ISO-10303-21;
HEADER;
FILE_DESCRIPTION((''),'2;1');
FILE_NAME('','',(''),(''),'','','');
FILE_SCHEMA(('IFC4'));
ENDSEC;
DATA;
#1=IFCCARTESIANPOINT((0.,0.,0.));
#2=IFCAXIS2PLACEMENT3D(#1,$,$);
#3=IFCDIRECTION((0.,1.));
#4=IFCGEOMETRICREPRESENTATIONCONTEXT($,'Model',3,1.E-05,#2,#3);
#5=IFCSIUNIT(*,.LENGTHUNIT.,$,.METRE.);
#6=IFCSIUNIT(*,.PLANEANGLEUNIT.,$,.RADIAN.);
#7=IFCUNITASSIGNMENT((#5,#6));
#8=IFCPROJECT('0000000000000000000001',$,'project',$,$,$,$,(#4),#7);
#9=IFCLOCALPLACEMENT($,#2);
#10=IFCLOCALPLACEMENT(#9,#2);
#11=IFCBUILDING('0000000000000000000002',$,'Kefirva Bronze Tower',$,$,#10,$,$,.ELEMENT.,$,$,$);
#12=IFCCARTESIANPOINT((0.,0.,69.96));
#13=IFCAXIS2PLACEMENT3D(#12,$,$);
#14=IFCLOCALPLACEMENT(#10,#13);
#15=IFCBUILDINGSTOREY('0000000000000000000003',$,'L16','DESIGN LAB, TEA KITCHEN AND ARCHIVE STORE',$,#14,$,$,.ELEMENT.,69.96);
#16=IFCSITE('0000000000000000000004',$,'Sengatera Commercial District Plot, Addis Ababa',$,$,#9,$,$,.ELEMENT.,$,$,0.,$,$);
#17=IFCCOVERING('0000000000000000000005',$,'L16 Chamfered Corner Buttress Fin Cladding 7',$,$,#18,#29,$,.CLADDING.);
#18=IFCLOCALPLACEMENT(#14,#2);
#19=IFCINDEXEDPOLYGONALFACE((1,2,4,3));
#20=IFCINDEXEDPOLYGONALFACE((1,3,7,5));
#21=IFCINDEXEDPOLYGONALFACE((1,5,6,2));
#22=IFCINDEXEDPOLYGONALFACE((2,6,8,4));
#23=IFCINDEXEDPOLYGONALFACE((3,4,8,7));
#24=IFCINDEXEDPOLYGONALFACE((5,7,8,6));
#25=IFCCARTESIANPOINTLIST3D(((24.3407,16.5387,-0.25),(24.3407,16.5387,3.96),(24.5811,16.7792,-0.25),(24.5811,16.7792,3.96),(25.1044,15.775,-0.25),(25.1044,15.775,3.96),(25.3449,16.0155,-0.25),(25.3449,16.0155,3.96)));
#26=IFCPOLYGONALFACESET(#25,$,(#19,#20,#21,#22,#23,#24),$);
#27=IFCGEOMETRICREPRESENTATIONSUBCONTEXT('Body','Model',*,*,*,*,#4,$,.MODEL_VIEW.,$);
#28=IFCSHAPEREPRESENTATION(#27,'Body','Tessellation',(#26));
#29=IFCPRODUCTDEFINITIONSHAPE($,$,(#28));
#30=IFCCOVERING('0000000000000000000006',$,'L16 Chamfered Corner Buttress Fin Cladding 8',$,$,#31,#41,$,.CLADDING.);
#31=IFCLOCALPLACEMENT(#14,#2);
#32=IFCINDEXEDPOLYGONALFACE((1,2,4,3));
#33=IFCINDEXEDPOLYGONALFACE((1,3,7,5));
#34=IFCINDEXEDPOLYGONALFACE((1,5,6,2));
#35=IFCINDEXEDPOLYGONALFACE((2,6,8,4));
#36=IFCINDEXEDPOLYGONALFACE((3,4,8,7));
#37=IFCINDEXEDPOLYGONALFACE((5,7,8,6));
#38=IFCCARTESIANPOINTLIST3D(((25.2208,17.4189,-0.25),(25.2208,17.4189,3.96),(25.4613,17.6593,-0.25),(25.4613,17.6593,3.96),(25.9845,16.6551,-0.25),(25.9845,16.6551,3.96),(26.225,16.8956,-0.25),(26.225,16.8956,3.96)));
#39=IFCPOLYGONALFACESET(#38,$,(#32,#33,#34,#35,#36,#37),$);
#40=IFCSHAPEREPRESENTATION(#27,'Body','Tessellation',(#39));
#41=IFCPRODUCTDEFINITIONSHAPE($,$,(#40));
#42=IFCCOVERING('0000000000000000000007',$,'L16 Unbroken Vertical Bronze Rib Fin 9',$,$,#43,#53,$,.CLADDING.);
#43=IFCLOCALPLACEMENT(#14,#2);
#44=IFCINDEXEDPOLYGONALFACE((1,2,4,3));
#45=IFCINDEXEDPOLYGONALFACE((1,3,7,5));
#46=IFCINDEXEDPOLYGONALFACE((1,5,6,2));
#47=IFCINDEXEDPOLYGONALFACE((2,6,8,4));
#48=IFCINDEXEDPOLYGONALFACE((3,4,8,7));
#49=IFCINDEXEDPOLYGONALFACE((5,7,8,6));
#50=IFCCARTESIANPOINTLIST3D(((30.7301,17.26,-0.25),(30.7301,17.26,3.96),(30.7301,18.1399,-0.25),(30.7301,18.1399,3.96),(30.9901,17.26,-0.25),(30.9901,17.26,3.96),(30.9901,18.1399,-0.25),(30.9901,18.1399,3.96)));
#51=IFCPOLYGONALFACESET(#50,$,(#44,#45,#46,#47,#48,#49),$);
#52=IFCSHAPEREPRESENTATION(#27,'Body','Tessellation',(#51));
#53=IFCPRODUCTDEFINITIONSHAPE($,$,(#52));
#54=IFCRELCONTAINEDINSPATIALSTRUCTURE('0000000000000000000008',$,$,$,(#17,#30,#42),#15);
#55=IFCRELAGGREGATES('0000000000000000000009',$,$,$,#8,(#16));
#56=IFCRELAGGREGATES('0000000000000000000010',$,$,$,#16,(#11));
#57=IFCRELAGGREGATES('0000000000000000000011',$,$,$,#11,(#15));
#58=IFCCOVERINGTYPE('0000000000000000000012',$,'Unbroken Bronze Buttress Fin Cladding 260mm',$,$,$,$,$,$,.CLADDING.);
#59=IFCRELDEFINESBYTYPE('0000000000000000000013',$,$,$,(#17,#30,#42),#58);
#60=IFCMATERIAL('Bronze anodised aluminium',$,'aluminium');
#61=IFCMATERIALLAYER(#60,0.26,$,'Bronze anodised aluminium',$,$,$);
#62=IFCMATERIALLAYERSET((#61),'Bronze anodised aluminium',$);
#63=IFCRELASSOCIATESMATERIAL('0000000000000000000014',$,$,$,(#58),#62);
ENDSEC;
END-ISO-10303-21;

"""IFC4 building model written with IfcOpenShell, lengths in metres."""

from ifc_helpers import new_model, si_unit, direction, frame, origin, origin_2d, place, context, subcontext, project, spatial, rectangle, extrude, material, layer, layer_set, type_object, element, save


model = new_model("IFC4")

# Units and contexts
model_context = context("Model", 3, precision=1e-05, world=origin(), true_north=direction((0.0, 1.0)))
body_context = subcontext(model_context, "Body", "Model", "MODEL_VIEW")
ifc_project = project(units=[si_unit("LENGTHUNIT", "METRE"), si_unit("PLANEANGLEUNIT", "RADIAN")], contexts=[model_context])

# Site, building, storey
site_placement = place(None, origin())
site = spatial("IfcSite", under=ifc_project, at=site_placement, Name="Sengatera Commercial District Plot, Addis Ababa", CompositionType="ELEMENT", RefElevation=0.0)
building_placement = place(site_placement, origin())
building = spatial("IfcBuilding", under=site, at=building_placement, Name="Kefirva Bronze Tower", CompositionType="ELEMENT")
storey_placement = place(building_placement, frame((0.0, 0.0, 69.96)))
storey = spatial("IfcBuildingStorey", under=building, at=storey_placement, Name="L16", Description="DESIGN LAB, TEA KITCHEN AND ARCHIVE STORE", CompositionType="ELEMENT", Elevation=69.96)

# Shared definitions
ifc_material_1 = material(Name="Bronze anodised aluminium", Category="aluminium")

# Coverings
ifc_layer_1 = layer(ifc_material_1, 0.26, Name="Bronze anodised aluminium")
ifc_layer_set_1 = layer_set([ifc_layer_1], Name="Bronze anodised aluminium")
covering_type_1 = type_object("IfcCoveringType", Name="Unbroken Bronze Buttress Fin Cladding 260mm", PredefinedType="CLADDING", material=ifc_layer_set_1)
for number, where, z_axis, x_axis, name in (
    (1, (24.8428, 16.2771, -0.25), (0.0, 0.0, 1.0), (0.707107, 0.707107, 0.0), "L16 Chamfered Corner Buttress Fin Cladding 7"),
    (2, (25.7229, 17.1572, -0.25), (0.0, 0.0, 1.0), (0.707107, 0.707107, 0.0), "L16 Chamfered Corner Buttress Fin Cladding 8"),
):
    element("IfcCovering", number, at=place(storey_placement, frame(where, z_axis=z_axis, x_axis=x_axis)), inside=storey, type_object=covering_type_1, Name=name, PredefinedType="CLADDING", context=body_context, shape_type="SweptSolid", body=[
        extrude(rectangle(XDim=0.3401, YDim=1.0801, at=origin_2d()), origin(), (0.0, 0.0, 1.0), 4.21),
    ])
covering_1_placement = place(storey_placement, frame((30.8601, 17.7, -0.25), z_axis=(0.0, 0.0, 1.0), x_axis=(1.0, 0.0, 0.0)))
element("IfcCovering", 3, at=covering_1_placement, inside=storey, type_object=covering_type_1, Name="L16 Unbroken Vertical Bronze Rib Fin 9", PredefinedType="CLADDING", context=body_context, shape_type="SweptSolid", body=[
    extrude(rectangle(XDim=0.26, YDim=0.8799, at=origin_2d()), origin(), (0.0, 0.0, 1.0), 4.21),
])

save(model, "model.ifc")
